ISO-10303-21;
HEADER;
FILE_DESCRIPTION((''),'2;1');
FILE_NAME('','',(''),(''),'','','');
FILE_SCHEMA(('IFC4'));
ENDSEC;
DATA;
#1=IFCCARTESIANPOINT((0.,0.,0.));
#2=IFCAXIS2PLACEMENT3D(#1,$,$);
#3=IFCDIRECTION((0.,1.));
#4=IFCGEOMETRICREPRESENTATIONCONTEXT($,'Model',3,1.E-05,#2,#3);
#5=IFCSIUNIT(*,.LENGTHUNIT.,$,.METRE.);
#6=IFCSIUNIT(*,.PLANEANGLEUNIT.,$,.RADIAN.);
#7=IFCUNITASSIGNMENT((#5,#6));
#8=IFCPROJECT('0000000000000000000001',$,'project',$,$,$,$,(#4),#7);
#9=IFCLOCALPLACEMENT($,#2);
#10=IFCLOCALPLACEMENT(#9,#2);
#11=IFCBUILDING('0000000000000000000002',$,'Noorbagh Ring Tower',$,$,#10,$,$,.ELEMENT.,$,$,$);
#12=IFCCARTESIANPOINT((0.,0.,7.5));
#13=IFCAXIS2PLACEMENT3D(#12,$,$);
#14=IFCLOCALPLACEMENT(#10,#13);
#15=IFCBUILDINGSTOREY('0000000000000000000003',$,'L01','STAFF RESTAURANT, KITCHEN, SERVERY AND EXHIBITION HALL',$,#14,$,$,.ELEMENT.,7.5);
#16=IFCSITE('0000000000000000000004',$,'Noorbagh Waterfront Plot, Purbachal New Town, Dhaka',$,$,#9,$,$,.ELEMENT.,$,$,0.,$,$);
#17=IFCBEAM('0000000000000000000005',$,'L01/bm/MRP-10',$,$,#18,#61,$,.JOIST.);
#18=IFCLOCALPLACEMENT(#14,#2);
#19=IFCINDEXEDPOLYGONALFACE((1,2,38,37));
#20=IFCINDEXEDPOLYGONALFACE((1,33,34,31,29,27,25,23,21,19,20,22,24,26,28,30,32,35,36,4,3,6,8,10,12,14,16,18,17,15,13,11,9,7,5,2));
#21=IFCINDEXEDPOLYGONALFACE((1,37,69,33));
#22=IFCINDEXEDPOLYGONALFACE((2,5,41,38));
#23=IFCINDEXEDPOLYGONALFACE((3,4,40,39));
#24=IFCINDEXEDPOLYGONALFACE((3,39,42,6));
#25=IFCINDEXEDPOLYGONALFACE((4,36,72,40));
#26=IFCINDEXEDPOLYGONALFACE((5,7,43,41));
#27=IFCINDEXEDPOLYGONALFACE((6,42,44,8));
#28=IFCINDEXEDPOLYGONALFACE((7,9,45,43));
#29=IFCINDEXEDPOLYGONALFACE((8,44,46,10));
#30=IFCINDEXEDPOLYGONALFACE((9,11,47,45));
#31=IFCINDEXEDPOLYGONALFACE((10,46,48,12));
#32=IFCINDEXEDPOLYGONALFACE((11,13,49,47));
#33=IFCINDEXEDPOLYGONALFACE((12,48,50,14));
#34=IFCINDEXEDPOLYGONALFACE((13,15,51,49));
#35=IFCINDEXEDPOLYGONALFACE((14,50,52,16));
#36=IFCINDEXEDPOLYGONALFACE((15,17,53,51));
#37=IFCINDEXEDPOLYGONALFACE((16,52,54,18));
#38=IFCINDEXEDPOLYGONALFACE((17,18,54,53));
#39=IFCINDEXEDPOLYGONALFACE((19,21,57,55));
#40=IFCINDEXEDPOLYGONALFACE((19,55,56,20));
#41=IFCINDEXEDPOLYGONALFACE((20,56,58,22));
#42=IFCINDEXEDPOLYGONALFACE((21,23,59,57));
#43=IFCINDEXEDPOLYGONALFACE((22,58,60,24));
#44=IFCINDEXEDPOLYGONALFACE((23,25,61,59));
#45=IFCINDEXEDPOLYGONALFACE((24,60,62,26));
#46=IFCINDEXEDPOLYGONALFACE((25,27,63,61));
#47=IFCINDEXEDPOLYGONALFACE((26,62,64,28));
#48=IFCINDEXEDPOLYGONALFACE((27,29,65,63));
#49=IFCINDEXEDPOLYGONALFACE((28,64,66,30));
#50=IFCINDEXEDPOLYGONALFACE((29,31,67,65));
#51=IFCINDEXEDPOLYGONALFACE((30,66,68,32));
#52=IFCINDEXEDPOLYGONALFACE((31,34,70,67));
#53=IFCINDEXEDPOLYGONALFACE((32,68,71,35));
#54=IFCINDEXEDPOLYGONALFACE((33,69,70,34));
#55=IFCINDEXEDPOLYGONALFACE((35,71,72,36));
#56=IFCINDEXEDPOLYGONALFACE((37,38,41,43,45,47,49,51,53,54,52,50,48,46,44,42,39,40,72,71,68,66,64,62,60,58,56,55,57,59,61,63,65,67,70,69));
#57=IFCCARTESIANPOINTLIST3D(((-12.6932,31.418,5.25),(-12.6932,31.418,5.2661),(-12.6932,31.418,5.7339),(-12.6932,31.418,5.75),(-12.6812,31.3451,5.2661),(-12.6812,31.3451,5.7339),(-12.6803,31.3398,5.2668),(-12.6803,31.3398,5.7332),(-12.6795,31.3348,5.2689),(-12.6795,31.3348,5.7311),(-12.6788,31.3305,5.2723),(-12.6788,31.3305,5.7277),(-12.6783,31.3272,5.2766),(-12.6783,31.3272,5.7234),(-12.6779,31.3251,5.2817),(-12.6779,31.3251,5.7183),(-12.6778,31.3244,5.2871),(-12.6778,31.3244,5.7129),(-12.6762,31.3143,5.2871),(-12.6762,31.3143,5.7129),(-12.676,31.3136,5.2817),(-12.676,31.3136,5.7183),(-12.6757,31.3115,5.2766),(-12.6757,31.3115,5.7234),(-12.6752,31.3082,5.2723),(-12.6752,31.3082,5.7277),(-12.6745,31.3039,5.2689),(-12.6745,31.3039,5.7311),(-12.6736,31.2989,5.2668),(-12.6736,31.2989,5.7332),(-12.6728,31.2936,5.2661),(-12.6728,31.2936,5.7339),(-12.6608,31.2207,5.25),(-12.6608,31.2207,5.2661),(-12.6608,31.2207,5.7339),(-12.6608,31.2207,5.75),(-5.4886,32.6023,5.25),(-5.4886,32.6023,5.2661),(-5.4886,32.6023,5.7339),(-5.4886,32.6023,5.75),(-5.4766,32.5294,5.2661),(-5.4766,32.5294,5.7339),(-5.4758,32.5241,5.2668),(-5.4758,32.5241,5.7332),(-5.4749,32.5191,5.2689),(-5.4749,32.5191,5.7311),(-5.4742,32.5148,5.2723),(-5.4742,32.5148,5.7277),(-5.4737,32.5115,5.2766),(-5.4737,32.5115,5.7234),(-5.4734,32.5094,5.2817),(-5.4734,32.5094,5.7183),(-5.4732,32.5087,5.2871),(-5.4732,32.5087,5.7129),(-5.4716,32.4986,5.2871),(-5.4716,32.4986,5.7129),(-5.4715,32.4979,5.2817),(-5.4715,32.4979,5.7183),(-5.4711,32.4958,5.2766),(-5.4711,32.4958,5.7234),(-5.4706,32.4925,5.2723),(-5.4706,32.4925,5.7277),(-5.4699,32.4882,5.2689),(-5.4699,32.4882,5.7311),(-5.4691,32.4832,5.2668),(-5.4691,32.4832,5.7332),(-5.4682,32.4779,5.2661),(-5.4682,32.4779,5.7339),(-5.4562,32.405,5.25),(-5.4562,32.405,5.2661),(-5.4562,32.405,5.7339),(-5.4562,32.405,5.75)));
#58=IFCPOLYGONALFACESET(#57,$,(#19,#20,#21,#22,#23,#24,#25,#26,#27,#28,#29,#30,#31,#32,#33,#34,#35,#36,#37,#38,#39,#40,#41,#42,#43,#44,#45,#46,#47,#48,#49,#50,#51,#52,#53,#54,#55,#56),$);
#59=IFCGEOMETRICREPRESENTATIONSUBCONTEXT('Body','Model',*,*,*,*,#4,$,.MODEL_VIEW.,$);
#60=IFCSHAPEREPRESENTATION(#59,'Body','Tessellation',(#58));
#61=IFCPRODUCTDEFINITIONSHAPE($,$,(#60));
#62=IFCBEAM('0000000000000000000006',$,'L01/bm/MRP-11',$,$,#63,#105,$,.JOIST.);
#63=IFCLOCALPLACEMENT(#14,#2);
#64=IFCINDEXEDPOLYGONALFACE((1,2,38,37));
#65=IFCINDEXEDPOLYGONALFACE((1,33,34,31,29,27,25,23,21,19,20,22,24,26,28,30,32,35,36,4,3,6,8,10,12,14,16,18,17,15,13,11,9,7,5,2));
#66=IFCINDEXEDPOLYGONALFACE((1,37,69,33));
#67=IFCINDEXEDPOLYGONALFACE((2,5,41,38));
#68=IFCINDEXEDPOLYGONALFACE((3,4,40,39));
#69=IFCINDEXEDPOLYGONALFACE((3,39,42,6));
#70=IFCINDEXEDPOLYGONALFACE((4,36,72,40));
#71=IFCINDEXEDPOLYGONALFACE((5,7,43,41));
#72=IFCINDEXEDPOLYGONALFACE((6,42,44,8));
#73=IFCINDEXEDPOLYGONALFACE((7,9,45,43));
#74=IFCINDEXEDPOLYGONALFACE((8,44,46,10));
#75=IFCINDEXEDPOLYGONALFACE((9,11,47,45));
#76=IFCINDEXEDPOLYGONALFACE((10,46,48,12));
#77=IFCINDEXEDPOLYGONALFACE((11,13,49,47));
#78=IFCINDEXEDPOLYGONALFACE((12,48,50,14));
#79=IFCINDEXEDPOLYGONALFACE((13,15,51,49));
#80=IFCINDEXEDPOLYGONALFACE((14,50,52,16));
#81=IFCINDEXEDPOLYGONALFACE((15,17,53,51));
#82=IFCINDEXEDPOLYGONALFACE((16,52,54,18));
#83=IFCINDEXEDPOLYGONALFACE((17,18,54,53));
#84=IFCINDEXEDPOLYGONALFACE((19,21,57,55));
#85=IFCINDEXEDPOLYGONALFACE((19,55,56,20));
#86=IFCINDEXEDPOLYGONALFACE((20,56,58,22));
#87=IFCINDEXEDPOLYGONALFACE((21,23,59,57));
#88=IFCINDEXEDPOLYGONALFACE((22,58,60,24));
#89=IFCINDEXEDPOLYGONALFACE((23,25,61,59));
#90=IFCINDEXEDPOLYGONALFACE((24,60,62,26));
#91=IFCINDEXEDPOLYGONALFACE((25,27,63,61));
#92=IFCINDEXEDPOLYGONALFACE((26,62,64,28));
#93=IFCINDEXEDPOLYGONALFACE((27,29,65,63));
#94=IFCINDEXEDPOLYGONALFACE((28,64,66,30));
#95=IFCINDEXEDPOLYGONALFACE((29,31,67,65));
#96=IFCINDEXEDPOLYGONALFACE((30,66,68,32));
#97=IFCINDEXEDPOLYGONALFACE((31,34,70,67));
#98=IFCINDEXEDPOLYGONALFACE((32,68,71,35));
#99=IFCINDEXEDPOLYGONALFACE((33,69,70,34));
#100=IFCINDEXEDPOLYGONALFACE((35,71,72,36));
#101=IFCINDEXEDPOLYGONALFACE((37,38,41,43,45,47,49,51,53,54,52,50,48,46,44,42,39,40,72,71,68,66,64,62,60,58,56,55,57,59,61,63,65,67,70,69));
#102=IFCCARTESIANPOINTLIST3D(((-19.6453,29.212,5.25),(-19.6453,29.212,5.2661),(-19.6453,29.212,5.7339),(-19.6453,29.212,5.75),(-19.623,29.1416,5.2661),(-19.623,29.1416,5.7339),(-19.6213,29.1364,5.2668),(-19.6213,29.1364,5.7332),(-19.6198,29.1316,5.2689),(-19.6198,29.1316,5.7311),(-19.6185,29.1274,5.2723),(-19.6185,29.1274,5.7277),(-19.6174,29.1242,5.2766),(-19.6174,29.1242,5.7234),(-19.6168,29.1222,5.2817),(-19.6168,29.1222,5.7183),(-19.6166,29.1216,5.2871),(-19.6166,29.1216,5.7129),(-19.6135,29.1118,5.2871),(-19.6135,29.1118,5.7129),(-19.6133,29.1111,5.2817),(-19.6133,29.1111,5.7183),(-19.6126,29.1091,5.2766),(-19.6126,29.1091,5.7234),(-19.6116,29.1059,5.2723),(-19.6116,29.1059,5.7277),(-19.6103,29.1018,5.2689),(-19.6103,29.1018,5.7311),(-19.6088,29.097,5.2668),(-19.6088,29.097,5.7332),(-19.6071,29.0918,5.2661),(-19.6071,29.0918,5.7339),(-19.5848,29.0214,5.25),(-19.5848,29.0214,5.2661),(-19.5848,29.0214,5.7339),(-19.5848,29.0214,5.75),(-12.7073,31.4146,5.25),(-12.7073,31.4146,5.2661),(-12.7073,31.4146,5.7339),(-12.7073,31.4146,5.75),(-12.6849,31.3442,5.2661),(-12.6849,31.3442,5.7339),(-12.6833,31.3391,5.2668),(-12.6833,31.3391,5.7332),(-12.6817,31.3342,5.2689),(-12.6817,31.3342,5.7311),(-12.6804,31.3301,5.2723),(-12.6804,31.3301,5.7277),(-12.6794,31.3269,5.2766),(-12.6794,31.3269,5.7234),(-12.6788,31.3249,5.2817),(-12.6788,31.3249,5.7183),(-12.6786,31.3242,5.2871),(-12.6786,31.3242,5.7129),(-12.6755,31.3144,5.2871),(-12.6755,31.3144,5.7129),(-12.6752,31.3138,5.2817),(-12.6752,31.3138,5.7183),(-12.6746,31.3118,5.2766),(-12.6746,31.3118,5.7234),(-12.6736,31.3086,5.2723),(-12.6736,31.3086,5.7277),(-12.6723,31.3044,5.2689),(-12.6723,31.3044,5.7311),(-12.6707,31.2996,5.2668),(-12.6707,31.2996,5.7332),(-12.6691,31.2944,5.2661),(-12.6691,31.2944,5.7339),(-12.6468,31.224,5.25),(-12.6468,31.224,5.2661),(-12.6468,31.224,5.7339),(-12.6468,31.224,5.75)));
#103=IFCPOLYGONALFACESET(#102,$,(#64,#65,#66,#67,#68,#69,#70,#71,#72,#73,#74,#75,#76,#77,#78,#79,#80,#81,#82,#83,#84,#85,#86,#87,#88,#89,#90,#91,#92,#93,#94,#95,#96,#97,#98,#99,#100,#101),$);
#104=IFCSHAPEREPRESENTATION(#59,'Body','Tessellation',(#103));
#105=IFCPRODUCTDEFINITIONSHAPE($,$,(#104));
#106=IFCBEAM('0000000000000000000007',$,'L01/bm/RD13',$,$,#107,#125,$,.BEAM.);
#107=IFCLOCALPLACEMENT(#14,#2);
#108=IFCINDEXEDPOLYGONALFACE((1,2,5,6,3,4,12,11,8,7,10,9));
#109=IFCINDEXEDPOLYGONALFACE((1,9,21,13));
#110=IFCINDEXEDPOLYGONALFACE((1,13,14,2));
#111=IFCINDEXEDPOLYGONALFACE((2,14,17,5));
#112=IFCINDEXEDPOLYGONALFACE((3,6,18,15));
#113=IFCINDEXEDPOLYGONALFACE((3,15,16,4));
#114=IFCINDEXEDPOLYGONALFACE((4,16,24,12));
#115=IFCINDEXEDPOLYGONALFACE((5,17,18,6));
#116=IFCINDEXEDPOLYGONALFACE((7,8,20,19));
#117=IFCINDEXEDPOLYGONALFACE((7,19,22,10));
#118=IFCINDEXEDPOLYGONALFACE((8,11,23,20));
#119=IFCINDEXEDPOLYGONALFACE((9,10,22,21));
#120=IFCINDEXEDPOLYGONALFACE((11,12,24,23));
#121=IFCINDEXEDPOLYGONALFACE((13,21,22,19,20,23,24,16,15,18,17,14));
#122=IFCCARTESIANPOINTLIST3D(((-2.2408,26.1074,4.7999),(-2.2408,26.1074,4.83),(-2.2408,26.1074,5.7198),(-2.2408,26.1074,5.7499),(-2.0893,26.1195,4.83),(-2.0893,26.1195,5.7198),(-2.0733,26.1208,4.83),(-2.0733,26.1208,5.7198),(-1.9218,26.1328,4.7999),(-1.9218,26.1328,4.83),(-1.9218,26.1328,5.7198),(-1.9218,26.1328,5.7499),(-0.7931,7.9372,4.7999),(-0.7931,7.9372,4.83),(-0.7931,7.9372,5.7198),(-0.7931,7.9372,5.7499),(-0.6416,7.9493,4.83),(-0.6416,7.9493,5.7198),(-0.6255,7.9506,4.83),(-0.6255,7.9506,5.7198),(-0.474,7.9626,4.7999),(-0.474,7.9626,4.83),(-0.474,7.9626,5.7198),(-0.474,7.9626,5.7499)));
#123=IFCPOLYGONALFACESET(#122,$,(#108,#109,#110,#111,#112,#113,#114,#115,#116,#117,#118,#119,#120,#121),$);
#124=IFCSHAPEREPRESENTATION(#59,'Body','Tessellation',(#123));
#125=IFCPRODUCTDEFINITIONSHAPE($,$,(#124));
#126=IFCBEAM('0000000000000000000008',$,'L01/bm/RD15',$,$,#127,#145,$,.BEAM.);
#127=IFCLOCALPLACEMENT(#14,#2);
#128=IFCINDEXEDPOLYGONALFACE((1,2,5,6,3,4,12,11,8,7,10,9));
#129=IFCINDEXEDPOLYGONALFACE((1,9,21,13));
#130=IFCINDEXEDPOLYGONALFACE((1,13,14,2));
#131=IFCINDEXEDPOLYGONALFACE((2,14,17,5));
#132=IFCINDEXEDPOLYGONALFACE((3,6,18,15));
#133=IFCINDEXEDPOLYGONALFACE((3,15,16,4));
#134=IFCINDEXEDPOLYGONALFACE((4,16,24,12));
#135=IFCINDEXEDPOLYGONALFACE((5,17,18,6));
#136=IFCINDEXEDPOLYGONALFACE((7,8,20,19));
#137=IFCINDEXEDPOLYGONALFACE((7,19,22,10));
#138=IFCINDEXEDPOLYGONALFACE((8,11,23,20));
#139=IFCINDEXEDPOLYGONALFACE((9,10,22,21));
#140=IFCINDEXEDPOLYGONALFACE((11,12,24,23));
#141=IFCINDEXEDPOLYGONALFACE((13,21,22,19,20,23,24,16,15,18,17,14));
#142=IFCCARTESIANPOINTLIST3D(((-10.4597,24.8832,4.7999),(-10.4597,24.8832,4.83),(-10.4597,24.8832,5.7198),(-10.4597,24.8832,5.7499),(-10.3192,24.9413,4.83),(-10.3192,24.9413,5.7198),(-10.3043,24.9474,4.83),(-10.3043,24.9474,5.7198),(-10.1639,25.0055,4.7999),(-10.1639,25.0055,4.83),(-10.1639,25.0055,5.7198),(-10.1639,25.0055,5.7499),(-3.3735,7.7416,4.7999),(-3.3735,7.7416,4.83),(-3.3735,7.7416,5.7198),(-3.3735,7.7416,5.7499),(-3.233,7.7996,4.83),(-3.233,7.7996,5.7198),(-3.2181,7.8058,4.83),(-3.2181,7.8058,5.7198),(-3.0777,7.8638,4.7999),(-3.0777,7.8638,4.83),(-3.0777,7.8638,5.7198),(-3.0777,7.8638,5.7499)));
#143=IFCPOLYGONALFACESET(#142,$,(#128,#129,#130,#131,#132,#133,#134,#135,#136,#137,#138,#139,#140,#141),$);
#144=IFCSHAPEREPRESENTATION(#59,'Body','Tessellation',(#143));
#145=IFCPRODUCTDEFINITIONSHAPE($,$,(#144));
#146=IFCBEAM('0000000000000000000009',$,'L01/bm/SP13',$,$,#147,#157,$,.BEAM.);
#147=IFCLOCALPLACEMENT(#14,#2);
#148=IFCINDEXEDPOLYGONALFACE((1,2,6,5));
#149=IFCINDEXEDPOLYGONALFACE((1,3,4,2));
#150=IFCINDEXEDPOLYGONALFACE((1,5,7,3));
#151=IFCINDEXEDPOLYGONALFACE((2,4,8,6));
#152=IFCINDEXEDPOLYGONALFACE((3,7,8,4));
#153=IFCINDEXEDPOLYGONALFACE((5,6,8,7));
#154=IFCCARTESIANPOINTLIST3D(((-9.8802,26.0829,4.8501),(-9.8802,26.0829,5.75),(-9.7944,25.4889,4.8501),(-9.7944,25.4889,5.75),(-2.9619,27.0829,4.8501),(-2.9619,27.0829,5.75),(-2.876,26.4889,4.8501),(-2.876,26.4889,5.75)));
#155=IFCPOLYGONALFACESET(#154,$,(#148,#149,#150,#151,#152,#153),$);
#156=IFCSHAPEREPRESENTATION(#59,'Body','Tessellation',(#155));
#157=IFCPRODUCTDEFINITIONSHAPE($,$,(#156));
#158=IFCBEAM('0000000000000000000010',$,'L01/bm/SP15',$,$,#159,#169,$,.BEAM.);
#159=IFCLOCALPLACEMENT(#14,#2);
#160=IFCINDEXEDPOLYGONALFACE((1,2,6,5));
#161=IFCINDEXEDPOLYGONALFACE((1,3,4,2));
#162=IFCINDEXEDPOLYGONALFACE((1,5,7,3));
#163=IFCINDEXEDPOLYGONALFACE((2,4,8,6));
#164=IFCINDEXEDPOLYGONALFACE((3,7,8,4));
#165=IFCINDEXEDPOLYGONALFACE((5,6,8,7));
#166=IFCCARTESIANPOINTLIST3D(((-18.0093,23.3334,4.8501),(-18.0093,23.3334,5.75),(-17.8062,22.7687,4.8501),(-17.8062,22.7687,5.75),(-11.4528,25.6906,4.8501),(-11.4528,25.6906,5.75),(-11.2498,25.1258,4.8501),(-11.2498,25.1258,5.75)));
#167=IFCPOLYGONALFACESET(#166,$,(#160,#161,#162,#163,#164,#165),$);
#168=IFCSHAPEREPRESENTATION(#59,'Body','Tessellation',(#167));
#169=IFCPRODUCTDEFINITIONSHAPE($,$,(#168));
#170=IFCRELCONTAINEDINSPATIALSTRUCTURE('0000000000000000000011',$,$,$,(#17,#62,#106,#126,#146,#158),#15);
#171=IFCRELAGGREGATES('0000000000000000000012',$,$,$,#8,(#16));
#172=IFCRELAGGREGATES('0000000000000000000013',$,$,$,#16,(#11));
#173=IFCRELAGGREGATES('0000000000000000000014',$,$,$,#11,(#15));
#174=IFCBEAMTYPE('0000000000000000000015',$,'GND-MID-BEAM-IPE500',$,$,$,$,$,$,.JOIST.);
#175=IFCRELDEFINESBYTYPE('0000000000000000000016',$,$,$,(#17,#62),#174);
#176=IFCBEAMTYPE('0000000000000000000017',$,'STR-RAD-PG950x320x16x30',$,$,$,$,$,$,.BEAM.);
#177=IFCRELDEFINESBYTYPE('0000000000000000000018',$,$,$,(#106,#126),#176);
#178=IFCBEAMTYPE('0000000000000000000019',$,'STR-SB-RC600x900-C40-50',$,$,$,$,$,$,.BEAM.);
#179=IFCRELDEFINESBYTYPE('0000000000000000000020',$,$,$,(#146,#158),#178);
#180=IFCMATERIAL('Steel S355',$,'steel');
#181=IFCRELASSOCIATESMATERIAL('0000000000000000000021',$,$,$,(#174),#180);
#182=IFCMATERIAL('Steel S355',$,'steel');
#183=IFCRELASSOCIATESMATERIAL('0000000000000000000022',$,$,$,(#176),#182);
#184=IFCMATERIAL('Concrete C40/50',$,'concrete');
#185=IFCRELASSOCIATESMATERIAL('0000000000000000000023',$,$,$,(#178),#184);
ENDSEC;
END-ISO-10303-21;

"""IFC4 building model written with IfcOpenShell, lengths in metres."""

from ifc_helpers import new_model, si_unit, direction, frame, origin, origin_2d, place, context, subcontext, project, spatial, rectangle, i_section, extrude, material, material_profile, profile_set, type_object, element, save


model = new_model("IFC4")

# Units and contexts
model_context = context("Model", 3, precision=1e-05, world=origin(), true_north=direction((0.0, 1.0)))
body_context = subcontext(model_context, "Body", "Model", "MODEL_VIEW")
ifc_project = project(units=[si_unit("LENGTHUNIT", "METRE"), si_unit("PLANEANGLEUNIT", "RADIAN")], contexts=[model_context])

# Site, building, storey
site_placement = place(None, origin())
site = spatial("IfcSite", under=ifc_project, at=site_placement, Name="Noorbagh Waterfront Plot, Purbachal New Town, Dhaka", CompositionType="ELEMENT", RefElevation=0.0)
building_placement = place(site_placement, origin())
building = spatial("IfcBuilding", under=site, at=building_placement, Name="Noorbagh Ring Tower", CompositionType="ELEMENT")
storey_placement = place(building_placement, frame((0.0, 0.0, 7.5)))
storey = spatial("IfcBuildingStorey", under=building, at=storey_placement, Name="L01", Description="STAFF RESTAURANT, KITCHEN, SERVERY AND EXHIBITION HALL", CompositionType="ELEMENT", Elevation=7.5)

# Beams
ifc_material_1 = material(Name="Steel S355", Category="steel")
ifc_material_profile_1 = material_profile(ifc_material_1, i_section(OverallWidth=0.2, OverallDepth=0.5, WebThickness=0.0103, FlangeThickness=0.0161, FilletRadius=0.021, at=origin_2d()), Name="IPE500")
ifc_profile_set_1 = profile_set([ifc_material_profile_1], Name="Steel S355")
beam_type_1 = type_object("IfcBeamType", Name="GND-MID-BEAM-IPE500", PredefinedType="JOIST", material=ifc_profile_set_1)
beam_1_placement = place(storey_placement, frame((-5.4724, 32.5037, 5.5), z_axis=(-0.986757, -0.162208, 0.0), x_axis=(0.162208, -0.986757, 0.0)))
element("IfcBeam", 1, at=beam_1_placement, inside=storey, type_object=beam_type_1, Name="L01/bm/MRP-10", PredefinedType="JOIST", context=body_context, shape_type="SweptSolid", body=[
    extrude(i_section(OverallWidth=0.2, OverallDepth=0.5, WebThickness=0.0103, FlangeThickness=0.0161, FilletRadius=0.021, at=origin_2d()), origin(), (0.0, 0.0, 1.0), 7.3013),
])
beam_2_placement = place(storey_placement, frame((-12.677, 31.3193, 5.5), z_axis=(-0.95312, -0.302592, 0.0), x_axis=(0.302592, -0.95312, 0.0)))
element("IfcBeam", 2, at=beam_2_placement, inside=storey, type_object=beam_type_1, Name="L01/bm/MRP-11", PredefinedType="JOIST", context=body_context, shape_type="SweptSolid", body=[
    extrude(i_section(OverallWidth=0.2, OverallDepth=0.5, WebThickness=0.0103, FlangeThickness=0.0161, FilletRadius=0.021, at=origin_2d()), origin(), (0.0, 0.0, 1.0), 7.2793),
])
ifc_material_2 = material(Name="Steel S355", Category="steel")
ifc_material_profile_2 = material_profile(ifc_material_2, i_section(OverallWidth=0.3201, OverallDepth=0.95, WebThickness=0.0161, FlangeThickness=0.03, at=origin_2d()), Name="PG950x320x16x30")
ifc_profile_set_2 = profile_set([ifc_material_profile_2], Name="Steel S355")
beam_type_2 = type_object("IfcBeamType", Name="STR-RAD-PG950x320x16x30", PredefinedType="BEAM", material=ifc_profile_set_2)
beam_3_placement = place(storey_placement, frame((-2.0813, 26.1201, 5.2749), z_axis=(0.079426, -0.996841, 0.0), x_axis=(0.996841, 0.079426, 0.0)))
element("IfcBeam", 3, at=beam_3_placement, inside=storey, type_object=beam_type_2, Name="L01/bm/RD13", PredefinedType="BEAM", context=body_context, shape_type="SweptSolid", body=[
    extrude(i_section(OverallWidth=0.3201, OverallDepth=0.95, WebThickness=0.0161, FlangeThickness=0.03, at=origin_2d()), origin(), (0.0, 0.0, 1.0), 18.2278),
])
beam_4_placement = place(storey_placement, frame((-10.3118, 24.9443, 5.2749), z_axis=(0.382034, -0.924148, 0.0), x_axis=(0.924148, 0.382034, 0.0)))
element("IfcBeam", 4, at=beam_4_placement, inside=storey, type_object=beam_type_2, Name="L01/bm/RD15", PredefinedType="BEAM", context=body_context, shape_type="SweptSolid", body=[
    extrude(i_section(OverallWidth=0.3201, OverallDepth=0.95, WebThickness=0.0161, FlangeThickness=0.03, at=origin_2d()), origin(), (0.0, 0.0, 1.0), 18.5486),
])
ifc_material_3 = material(Name="Concrete C40/50", Category="concrete")
ifc_material_profile_3 = material_profile(ifc_material_3, rectangle(XDim=0.6001, YDim=0.8999, at=origin_2d()), Name="RC600x900")
ifc_profile_set_3 = profile_set([ifc_material_profile_3], Name="Concrete C40/50")
beam_type_3 = type_object("IfcBeamType", Name="STR-SB-RC600x900-C40-50", PredefinedType="BEAM", material=ifc_profile_set_3)
beam_5_placement = place(storey_placement, frame((-2.9189, 26.7859, 5.3), z_axis=(-0.989715, -0.143054, 0.0), x_axis=(0.143054, -0.989715, 0.0)))
element("IfcBeam", 5, at=beam_5_placement, inside=storey, type_object=beam_type_3, Name="L01/bm/SP13", PredefinedType="BEAM", context=body_context, shape_type="SweptSolid", body=[
    extrude(rectangle(XDim=0.6001, YDim=0.8999, at=origin_2d()), origin(), (0.0, 0.0, 1.0), 6.9902),
])
beam_6_placement = place(storey_placement, frame((-11.3513, 25.4082, 5.3), z_axis=(-0.94103, -0.338322, 0.0), x_axis=(0.338322, -0.94103, 0.0)))
element("IfcBeam", 6, at=beam_6_placement, inside=storey, type_object=beam_type_3, Name="L01/bm/SP15", PredefinedType="BEAM", context=body_context, shape_type="SweptSolid", body=[
    extrude(rectangle(XDim=0.6001, YDim=0.8999, at=origin_2d()), origin(), (0.0, 0.0, 1.0), 6.9673),
])

save(model, "model.ifc")
